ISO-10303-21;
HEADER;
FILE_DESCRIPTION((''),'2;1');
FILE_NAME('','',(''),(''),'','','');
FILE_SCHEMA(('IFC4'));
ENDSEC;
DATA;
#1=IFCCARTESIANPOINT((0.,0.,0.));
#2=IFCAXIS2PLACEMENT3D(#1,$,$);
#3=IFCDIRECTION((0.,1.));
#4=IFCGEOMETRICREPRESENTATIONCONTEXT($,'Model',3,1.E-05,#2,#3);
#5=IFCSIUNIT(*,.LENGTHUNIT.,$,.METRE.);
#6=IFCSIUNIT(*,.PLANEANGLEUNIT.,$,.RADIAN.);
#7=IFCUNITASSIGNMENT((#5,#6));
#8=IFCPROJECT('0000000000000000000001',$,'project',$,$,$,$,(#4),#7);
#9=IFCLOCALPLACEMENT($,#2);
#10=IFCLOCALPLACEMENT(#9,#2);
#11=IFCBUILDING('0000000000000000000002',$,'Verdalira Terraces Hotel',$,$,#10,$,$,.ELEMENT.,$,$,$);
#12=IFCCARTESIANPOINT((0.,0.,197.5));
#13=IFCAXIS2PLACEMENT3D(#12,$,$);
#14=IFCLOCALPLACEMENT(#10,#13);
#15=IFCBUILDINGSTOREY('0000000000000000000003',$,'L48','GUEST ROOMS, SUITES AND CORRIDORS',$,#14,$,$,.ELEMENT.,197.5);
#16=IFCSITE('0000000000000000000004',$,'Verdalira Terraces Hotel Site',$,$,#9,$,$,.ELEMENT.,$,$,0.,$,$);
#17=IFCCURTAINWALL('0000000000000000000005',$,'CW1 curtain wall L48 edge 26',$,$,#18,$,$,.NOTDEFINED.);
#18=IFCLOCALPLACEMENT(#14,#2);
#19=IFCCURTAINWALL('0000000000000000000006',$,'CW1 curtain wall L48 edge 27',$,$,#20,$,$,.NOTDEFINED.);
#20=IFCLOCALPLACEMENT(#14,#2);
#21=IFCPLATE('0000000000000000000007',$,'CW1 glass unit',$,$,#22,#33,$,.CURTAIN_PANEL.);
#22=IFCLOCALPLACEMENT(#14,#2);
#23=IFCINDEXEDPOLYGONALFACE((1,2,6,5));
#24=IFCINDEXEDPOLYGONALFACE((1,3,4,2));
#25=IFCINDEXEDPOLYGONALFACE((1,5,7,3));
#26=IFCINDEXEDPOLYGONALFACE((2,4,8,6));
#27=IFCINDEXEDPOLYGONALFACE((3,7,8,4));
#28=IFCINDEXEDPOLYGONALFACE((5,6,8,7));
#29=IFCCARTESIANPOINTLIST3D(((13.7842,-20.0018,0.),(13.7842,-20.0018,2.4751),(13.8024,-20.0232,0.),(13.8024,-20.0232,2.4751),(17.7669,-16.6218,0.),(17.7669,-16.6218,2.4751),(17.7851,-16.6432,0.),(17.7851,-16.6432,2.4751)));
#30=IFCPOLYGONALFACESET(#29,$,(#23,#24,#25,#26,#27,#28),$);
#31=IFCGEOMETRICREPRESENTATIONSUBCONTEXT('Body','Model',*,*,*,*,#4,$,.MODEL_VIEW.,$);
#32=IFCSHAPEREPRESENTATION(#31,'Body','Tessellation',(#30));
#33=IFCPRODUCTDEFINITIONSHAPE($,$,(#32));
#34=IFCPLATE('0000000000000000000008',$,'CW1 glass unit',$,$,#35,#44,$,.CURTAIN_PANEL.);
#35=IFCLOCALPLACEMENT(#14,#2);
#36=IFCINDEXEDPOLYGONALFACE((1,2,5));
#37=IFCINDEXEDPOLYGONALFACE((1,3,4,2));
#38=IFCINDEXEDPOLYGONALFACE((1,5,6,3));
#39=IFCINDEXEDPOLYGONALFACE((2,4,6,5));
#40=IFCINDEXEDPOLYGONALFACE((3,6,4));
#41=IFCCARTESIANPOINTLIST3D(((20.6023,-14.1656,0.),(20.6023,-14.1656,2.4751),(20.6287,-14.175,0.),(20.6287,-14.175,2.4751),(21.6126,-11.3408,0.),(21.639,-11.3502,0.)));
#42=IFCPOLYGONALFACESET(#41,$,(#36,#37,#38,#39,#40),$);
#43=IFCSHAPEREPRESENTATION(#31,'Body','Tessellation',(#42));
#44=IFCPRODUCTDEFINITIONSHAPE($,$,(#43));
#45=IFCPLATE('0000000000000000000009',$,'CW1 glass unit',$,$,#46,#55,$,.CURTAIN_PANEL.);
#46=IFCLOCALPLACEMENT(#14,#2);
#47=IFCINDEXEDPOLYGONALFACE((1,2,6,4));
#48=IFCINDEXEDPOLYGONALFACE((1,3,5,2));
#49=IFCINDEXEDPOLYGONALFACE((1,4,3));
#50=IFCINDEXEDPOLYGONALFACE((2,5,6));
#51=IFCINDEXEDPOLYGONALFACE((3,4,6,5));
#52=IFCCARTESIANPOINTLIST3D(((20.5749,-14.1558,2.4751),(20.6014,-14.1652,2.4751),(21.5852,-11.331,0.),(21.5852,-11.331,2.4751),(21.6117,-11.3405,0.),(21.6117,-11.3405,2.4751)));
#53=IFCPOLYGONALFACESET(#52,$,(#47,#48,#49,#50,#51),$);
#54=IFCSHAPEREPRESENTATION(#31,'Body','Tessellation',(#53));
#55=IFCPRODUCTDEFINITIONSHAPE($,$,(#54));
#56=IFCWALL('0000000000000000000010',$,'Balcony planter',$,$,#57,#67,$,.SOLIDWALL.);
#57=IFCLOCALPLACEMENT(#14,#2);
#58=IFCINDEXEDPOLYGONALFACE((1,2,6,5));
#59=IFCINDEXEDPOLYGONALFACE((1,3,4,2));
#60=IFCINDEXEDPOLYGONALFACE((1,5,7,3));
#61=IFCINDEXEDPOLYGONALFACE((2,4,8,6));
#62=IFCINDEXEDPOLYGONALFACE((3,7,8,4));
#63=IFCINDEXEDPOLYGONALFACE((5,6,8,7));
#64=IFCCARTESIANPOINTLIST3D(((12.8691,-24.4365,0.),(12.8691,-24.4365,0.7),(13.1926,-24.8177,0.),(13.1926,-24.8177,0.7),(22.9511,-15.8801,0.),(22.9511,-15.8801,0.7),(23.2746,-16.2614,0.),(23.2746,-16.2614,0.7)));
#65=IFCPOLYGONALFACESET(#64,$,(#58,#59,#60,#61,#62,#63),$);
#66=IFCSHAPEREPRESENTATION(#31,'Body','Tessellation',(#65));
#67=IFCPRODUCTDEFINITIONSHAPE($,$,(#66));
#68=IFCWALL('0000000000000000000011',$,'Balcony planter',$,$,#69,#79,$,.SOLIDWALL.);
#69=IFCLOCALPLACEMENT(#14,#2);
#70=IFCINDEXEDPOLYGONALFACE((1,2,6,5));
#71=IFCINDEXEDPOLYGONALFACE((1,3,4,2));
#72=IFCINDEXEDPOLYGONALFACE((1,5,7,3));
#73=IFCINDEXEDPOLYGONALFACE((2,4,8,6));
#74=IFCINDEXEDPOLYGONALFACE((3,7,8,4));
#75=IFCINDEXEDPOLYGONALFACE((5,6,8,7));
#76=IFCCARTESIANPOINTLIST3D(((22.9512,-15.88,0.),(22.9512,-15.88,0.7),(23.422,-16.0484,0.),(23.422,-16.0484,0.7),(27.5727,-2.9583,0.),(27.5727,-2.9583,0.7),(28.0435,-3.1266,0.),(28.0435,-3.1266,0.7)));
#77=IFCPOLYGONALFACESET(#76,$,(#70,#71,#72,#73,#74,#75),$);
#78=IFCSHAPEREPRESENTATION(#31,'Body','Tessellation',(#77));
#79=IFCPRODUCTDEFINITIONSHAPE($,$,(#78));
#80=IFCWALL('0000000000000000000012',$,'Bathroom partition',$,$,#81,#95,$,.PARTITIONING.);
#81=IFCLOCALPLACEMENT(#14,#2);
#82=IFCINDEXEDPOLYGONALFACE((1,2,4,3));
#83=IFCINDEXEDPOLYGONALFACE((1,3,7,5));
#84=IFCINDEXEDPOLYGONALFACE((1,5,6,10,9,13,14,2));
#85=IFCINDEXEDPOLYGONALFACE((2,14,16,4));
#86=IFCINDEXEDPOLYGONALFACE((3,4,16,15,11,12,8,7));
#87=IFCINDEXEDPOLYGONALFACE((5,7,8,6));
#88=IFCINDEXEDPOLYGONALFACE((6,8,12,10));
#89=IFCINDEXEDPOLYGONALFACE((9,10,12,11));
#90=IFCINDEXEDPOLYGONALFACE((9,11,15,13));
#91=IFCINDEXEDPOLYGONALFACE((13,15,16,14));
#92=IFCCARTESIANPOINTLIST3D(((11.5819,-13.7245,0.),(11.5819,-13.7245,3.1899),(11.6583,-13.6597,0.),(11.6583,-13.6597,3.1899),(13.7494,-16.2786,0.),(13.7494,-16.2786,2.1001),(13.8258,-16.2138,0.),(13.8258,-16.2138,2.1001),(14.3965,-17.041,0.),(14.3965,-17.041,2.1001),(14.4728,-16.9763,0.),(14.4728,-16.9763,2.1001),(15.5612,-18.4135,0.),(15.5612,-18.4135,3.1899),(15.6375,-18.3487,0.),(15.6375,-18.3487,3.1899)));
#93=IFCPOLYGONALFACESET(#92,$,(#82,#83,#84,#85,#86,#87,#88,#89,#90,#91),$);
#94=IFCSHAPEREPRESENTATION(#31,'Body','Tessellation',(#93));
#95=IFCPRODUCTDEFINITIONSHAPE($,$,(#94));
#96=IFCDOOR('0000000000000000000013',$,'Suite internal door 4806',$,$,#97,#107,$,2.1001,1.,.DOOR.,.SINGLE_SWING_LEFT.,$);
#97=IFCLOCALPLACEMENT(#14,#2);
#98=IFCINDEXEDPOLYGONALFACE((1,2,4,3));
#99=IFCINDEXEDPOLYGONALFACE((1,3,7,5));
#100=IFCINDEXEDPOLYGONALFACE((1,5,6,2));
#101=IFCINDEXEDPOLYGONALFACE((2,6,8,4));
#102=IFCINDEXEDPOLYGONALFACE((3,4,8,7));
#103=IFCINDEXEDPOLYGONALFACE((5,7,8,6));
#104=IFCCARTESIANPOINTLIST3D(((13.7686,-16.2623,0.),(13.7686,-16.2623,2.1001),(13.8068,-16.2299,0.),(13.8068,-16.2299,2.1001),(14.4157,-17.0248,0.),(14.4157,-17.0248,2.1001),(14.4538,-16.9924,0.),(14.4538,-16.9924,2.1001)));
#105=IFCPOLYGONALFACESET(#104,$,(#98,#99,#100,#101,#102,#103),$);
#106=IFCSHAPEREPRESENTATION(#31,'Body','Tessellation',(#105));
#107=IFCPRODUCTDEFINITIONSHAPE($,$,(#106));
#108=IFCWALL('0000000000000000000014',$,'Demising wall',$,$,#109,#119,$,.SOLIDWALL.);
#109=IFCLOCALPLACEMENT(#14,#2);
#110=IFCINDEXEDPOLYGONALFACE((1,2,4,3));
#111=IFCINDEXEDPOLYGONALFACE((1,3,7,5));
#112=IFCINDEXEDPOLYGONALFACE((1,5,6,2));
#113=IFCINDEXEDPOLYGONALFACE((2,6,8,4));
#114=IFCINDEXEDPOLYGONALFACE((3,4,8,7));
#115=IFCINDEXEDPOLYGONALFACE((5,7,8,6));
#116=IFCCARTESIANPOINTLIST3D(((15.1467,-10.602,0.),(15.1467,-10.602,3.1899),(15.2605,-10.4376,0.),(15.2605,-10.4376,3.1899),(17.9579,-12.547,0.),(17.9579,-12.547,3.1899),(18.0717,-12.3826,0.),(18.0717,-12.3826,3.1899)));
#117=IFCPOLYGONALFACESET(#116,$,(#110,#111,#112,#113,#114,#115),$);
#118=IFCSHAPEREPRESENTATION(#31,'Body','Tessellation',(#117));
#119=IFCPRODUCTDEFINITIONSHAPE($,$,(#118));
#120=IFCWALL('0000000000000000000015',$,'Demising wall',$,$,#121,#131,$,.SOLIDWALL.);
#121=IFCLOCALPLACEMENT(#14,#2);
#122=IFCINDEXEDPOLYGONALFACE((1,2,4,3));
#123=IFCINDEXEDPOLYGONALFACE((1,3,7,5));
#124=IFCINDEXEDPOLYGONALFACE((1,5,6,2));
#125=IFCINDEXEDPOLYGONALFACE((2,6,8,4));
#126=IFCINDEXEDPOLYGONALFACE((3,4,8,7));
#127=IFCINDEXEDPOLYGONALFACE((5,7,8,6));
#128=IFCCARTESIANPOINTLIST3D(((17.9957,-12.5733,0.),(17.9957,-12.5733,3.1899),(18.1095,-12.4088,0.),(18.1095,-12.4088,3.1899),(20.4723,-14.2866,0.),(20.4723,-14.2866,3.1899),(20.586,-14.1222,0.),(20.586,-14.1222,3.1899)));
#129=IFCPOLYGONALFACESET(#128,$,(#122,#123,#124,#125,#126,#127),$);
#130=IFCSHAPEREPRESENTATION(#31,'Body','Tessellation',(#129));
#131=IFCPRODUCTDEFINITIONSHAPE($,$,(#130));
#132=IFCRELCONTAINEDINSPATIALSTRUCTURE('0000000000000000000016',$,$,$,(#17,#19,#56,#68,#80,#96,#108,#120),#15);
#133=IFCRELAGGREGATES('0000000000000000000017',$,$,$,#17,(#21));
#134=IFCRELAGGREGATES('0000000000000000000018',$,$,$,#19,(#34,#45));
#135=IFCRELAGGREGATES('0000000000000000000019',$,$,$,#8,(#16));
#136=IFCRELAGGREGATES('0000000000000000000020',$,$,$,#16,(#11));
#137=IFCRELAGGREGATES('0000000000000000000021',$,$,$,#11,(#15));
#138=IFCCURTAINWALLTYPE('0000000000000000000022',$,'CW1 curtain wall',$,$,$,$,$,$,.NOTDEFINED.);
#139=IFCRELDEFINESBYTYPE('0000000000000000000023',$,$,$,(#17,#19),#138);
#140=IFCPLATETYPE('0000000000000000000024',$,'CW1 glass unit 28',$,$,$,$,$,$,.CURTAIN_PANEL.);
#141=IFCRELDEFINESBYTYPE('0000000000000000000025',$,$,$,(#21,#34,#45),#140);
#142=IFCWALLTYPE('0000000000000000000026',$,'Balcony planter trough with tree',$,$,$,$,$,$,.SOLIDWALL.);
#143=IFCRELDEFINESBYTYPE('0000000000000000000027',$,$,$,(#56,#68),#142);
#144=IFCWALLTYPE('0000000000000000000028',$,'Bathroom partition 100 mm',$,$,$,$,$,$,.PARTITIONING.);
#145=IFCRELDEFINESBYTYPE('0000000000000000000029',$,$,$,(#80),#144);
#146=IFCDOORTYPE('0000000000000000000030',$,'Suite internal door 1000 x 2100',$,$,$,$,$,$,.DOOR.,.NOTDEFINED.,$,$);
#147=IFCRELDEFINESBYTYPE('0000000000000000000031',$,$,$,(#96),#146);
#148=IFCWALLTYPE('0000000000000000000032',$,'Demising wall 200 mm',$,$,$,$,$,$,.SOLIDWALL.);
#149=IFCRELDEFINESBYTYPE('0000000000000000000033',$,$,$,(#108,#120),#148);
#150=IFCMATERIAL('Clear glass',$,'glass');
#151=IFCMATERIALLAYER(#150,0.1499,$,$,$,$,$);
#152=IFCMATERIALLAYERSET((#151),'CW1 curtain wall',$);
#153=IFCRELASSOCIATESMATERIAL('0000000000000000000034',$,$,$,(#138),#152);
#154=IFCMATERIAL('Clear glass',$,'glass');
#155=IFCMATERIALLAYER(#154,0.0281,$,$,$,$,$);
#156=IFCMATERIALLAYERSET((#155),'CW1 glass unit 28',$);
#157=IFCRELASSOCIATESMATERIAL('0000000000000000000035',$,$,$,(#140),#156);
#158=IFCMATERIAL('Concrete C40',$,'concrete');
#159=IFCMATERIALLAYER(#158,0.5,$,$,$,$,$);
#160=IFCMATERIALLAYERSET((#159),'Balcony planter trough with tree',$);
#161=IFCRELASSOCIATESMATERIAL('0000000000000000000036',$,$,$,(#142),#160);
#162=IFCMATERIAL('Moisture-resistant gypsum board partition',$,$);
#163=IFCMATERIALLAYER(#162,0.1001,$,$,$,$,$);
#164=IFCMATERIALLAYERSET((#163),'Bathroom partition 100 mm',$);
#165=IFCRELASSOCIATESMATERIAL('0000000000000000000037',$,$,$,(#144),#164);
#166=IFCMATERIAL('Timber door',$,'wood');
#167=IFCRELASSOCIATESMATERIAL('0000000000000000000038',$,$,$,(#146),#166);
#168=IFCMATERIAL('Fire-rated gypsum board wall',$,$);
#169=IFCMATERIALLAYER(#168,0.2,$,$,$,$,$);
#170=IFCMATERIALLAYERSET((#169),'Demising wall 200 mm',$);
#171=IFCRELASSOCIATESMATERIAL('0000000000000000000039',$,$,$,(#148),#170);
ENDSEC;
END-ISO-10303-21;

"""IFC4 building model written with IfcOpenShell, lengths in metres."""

from ifc_helpers import new_model, si_unit, direction, frame, frame_2d, origin, origin_2d, place, context, subcontext, project, spatial, polyline, rectangle, outline, extrude, material, layer, layer_set, type_object, element, fill, aggregate, save


model = new_model("IFC4")

# Units and contexts
model_context = context("Model", 3, precision=1e-05, world=origin(), true_north=direction((0.0, 1.0)))
body_context = subcontext(model_context, "Body", "Model", "MODEL_VIEW")
ifc_project = project(units=[si_unit("LENGTHUNIT", "METRE"), si_unit("PLANEANGLEUNIT", "RADIAN")], contexts=[model_context])

# Site, building, storey
site_placement = place(None, origin())
site = spatial("IfcSite", under=ifc_project, at=site_placement, Name="Verdalira Terraces Hotel Site", CompositionType="ELEMENT", RefElevation=0.0)
building_placement = place(site_placement, origin())
building = spatial("IfcBuilding", under=site, at=building_placement, Name="Verdalira Terraces Hotel", CompositionType="ELEMENT")
storey_placement = place(building_placement, frame((0.0, 0.0, 197.5)))
storey = spatial("IfcBuildingStorey", under=building, at=storey_placement, Name="L48", Description="GUEST ROOMS, SUITES AND CORRIDORS", CompositionType="ELEMENT", Elevation=197.5)

# Curtain wall
ifc_material_1 = material(Name="Clear glass", Category="glass")
ifc_layer_1 = layer(ifc_material_1, 0.1499)
ifc_layer_set_1 = layer_set([ifc_layer_1], Name="CW1 curtain wall")
curtain_wall_type = type_object("IfcCurtainWallType", Name="CW1 curtain wall", PredefinedType="NOTDEFINED", material=ifc_layer_set_1)
curtain_wall_1_placement = place(storey_placement, origin())
curtain_wall_1 = element("IfcCurtainWall", 1, at=curtain_wall_1_placement, inside=storey, type_object=curtain_wall_type, Name="CW1 curtain wall L48 edge 26", PredefinedType="NOTDEFINED")

# Curtain wall
curtain_wall_2_placement = place(storey_placement, origin())
curtain_wall_2 = element("IfcCurtainWall", 2, at=curtain_wall_2_placement, inside=storey, type_object=curtain_wall_type, Name="CW1 curtain wall L48 edge 27", PredefinedType="NOTDEFINED")

# Plates
ifc_material_2 = material(Name="Clear glass", Category="glass")
ifc_layer_2 = layer(ifc_material_2, 0.0281)
ifc_layer_set_2 = layer_set([ifc_layer_2], Name="CW1 glass unit 28")
plate_type = type_object("IfcPlateType", Name="CW1 glass unit 28", PredefinedType="CURTAIN_PANEL", material=ifc_layer_set_2)
plate_1_placement = place(storey_placement, frame((15.7847, -18.3225, 0.0), z_axis=(0.0, 0.0, 1.0), x_axis=(0.762443, 0.647056, 0.0)))
plate_1 = element("IfcPlate", 3, at=plate_1_placement, type_object=plate_type, Name="CW1 glass unit", PredefinedType="CURTAIN_PANEL", context=body_context, shape_type="SweptSolid", body=[
    extrude(rectangle(XDim=5.2236, YDim=0.0281, at=origin_2d()), origin(), (0.0, 0.0, 1.0), 2.4751),
])
aggregate(curtain_wall_1, [plate_1])
plate_2_placement = place(storey_placement, frame((21.1074, -12.7532, 1.2375), z_axis=(0.941588, -0.336767, 0.0), x_axis=(0.336767, 0.941588, 0.0)))
plate_2 = element("IfcPlate", 4, at=plate_2_placement, type_object=plate_type, Name="CW1 glass unit", PredefinedType="CURTAIN_PANEL", context=body_context, shape_type="SweptSolid", body=[
    extrude(outline(polyline([(-1.5, -1.2375), (1.5, -1.2375), (-1.5, 1.2375), (-1.5, -1.2375)])), origin(), (0.0, 0.0, 1.0), 0.0281),
])
plate_3_placement = place(storey_placement, frame((21.0801, -12.7434, 1.2375), z_axis=(0.941588, -0.336767, 0.0), x_axis=(0.336767, 0.941588, 0.0)))
plate_3 = element("IfcPlate", 5, at=plate_3_placement, type_object=plate_type, Name="CW1 glass unit", PredefinedType="CURTAIN_PANEL", context=body_context, shape_type="SweptSolid", body=[
    extrude(outline(polyline([(1.5, -1.2375), (1.5, 1.2375), (-1.5, 1.2375), (1.5, -1.2375)])), origin(), (0.0, 0.0, 1.0), 0.0281),
])
aggregate(curtain_wall_2, [plate_2, plate_3])

# Walls
ifc_material_3 = material(Name="Concrete C40", Category="concrete")
ifc_layer_3 = layer(ifc_material_3, 0.5)
ifc_layer_set_3 = layer_set([ifc_layer_3], Name="Balcony planter trough with tree")
wall_type_1 = type_object("IfcWallType", Name="Balcony planter trough with tree", PredefinedType="SOLIDWALL", material=ifc_layer_set_3)
wall_1_placement = place(storey_placement, frame((13.0308, -24.6272, 0.0), z_axis=(0.0, 0.0, 1.0), x_axis=(0.762437, 0.647063, 0.0)))
element("IfcWall", 6, at=wall_1_placement, inside=storey, type_object=wall_type_1, Name="Balcony planter", PredefinedType="SOLIDWALL", context=body_context, shape_type="SweptSolid", body=[
    extrude(rectangle(XDim=13.2234, YDim=0.5, at=frame_2d((6.6118, 0.0))), origin(), (0.0, 0.0, 1.0), 0.7),
])
wall_2_placement = place(storey_placement, frame((23.1865, -15.9644, 0.0), z_axis=(0.0, 0.0, 1.0), x_axis=(0.336765, 0.941589, 0.0)))
element("IfcWall", 7, at=wall_2_placement, inside=storey, type_object=wall_type_1, Name="Balcony planter", PredefinedType="SOLIDWALL", context=body_context, shape_type="SweptSolid", body=[
    extrude(rectangle(XDim=13.7234, YDim=0.5, at=frame_2d((6.8618, 0.0))), origin(), (0.0, 0.0, 1.0), 0.7),
])

# Wall, opening, door
ifc_material_4 = material(Name="Moisture-resistant gypsum board partition")
ifc_layer_4 = layer(ifc_material_4, 0.1001)
ifc_layer_set_4 = layer_set([ifc_layer_4], Name="Bathroom partition 100 mm")
wall_type_2 = type_object("IfcWallType", Name="Bathroom partition 100 mm", PredefinedType="PARTITIONING", material=ifc_layer_set_4)
wall_3_placement = place(storey_placement, frame((15.5994, -18.3811, 0.0), z_axis=(0.0, 0.0, 1.0), x_axis=(-0.647047, 0.76245, 0.0)))
wall_3 = element("IfcWall", 8, at=wall_3_placement, inside=storey, type_object=wall_type_2, Name="Bathroom partition", PredefinedType="PARTITIONING", context=body_context, shape_type="SweptSolid", body=[
    extrude(rectangle(XDim=6.1499, YDim=0.1001, at=frame_2d((3.075, 0.0))), origin(), (0.0, 0.0, 1.0), 3.1899),
])
opening_1_placement = place(wall_3_placement, frame((1.8, 0.0, 0.0)))
opening_1 = element("IfcOpeningElement", 9, at=opening_1_placement, cuts=wall_3, PredefinedType="OPENING", context=body_context, shape_type="SweptSolid", body=[
    extrude(rectangle(XDim=1.0, YDim=2.1001, at=frame_2d((0.5, 1.05))), frame((0.0, 0.0601, 0.0), z_axis=(0.0, -1.0, 0.0), x_axis=(1.0, 0.0, 0.0)), (0.0, 0.0, 1.0), 0.1201),
])
ifc_material_5 = material(Name="Timber door", Category="wood")
door_type_1 = type_object("IfcDoorType", Name="Suite internal door 1000 x 2100", OperationType="NOTDEFINED", PredefinedType="DOOR", material=ifc_material_5)
door_1_placement = place(opening_1_placement, origin())
door_1 = element("IfcDoor", 10, at=door_1_placement, inside=storey, type_object=door_type_1, Name="Suite internal door 4806", OperationType="SINGLE_SWING_LEFT", OverallHeight=2.1001, OverallWidth=1.0, PredefinedType="DOOR", context=body_context, shape_type="SweptSolid", body=[
    extrude(rectangle(XDim=1.0, YDim=2.1001, at=frame_2d((0.5, 1.05))), frame((0.0, 0.0249, 0.0), z_axis=(0.0, -1.0, 0.0), x_axis=(1.0, 0.0, 0.0)), (0.0, 0.0, 1.0), 0.05),
])
fill(opening_1, door_1)

# Walls
ifc_material_6 = material(Name="Fire-rated gypsum board wall")
ifc_layer_5 = layer(ifc_material_6, 0.2)
ifc_layer_set_5 = layer_set([ifc_layer_5], Name="Demising wall 200 mm")
wall_type_3 = type_object("IfcWallType", Name="Demising wall 200 mm", PredefinedType="SOLIDWALL", material=ifc_layer_set_5)
wall_4_placement = place(storey_placement, frame((15.2036, -10.5198, 0.0), z_axis=(0.0, 0.0, 1.0), x_axis=(0.822357, -0.568972, 0.0)))
element("IfcWall", 11, at=wall_4_placement, inside=storey, type_object=wall_type_3, Name="Demising wall", PredefinedType="SOLIDWALL", context=body_context, shape_type="SweptSolid", body=[
    extrude(rectangle(XDim=3.4185, YDim=0.2, at=frame_2d((1.7092, 0.0))), origin(), (0.0, 0.0, 1.0), 3.1899),
])
wall_5_placement = place(storey_placement, frame((18.0525, -12.491, 0.0), z_axis=(0.0, 0.0, 1.0), x_axis=(0.822373, -0.568949, 0.0)))
element("IfcWall", 12, at=wall_5_placement, inside=storey, type_object=wall_type_3, Name="Demising wall", PredefinedType="SOLIDWALL", context=body_context, shape_type="SweptSolid", body=[
    extrude(rectangle(XDim=3.0115, YDim=0.2, at=frame_2d((1.5059, 0.0))), origin(), (0.0, 0.0, 1.0), 3.1899),
])

save(model, "model.ifc")
